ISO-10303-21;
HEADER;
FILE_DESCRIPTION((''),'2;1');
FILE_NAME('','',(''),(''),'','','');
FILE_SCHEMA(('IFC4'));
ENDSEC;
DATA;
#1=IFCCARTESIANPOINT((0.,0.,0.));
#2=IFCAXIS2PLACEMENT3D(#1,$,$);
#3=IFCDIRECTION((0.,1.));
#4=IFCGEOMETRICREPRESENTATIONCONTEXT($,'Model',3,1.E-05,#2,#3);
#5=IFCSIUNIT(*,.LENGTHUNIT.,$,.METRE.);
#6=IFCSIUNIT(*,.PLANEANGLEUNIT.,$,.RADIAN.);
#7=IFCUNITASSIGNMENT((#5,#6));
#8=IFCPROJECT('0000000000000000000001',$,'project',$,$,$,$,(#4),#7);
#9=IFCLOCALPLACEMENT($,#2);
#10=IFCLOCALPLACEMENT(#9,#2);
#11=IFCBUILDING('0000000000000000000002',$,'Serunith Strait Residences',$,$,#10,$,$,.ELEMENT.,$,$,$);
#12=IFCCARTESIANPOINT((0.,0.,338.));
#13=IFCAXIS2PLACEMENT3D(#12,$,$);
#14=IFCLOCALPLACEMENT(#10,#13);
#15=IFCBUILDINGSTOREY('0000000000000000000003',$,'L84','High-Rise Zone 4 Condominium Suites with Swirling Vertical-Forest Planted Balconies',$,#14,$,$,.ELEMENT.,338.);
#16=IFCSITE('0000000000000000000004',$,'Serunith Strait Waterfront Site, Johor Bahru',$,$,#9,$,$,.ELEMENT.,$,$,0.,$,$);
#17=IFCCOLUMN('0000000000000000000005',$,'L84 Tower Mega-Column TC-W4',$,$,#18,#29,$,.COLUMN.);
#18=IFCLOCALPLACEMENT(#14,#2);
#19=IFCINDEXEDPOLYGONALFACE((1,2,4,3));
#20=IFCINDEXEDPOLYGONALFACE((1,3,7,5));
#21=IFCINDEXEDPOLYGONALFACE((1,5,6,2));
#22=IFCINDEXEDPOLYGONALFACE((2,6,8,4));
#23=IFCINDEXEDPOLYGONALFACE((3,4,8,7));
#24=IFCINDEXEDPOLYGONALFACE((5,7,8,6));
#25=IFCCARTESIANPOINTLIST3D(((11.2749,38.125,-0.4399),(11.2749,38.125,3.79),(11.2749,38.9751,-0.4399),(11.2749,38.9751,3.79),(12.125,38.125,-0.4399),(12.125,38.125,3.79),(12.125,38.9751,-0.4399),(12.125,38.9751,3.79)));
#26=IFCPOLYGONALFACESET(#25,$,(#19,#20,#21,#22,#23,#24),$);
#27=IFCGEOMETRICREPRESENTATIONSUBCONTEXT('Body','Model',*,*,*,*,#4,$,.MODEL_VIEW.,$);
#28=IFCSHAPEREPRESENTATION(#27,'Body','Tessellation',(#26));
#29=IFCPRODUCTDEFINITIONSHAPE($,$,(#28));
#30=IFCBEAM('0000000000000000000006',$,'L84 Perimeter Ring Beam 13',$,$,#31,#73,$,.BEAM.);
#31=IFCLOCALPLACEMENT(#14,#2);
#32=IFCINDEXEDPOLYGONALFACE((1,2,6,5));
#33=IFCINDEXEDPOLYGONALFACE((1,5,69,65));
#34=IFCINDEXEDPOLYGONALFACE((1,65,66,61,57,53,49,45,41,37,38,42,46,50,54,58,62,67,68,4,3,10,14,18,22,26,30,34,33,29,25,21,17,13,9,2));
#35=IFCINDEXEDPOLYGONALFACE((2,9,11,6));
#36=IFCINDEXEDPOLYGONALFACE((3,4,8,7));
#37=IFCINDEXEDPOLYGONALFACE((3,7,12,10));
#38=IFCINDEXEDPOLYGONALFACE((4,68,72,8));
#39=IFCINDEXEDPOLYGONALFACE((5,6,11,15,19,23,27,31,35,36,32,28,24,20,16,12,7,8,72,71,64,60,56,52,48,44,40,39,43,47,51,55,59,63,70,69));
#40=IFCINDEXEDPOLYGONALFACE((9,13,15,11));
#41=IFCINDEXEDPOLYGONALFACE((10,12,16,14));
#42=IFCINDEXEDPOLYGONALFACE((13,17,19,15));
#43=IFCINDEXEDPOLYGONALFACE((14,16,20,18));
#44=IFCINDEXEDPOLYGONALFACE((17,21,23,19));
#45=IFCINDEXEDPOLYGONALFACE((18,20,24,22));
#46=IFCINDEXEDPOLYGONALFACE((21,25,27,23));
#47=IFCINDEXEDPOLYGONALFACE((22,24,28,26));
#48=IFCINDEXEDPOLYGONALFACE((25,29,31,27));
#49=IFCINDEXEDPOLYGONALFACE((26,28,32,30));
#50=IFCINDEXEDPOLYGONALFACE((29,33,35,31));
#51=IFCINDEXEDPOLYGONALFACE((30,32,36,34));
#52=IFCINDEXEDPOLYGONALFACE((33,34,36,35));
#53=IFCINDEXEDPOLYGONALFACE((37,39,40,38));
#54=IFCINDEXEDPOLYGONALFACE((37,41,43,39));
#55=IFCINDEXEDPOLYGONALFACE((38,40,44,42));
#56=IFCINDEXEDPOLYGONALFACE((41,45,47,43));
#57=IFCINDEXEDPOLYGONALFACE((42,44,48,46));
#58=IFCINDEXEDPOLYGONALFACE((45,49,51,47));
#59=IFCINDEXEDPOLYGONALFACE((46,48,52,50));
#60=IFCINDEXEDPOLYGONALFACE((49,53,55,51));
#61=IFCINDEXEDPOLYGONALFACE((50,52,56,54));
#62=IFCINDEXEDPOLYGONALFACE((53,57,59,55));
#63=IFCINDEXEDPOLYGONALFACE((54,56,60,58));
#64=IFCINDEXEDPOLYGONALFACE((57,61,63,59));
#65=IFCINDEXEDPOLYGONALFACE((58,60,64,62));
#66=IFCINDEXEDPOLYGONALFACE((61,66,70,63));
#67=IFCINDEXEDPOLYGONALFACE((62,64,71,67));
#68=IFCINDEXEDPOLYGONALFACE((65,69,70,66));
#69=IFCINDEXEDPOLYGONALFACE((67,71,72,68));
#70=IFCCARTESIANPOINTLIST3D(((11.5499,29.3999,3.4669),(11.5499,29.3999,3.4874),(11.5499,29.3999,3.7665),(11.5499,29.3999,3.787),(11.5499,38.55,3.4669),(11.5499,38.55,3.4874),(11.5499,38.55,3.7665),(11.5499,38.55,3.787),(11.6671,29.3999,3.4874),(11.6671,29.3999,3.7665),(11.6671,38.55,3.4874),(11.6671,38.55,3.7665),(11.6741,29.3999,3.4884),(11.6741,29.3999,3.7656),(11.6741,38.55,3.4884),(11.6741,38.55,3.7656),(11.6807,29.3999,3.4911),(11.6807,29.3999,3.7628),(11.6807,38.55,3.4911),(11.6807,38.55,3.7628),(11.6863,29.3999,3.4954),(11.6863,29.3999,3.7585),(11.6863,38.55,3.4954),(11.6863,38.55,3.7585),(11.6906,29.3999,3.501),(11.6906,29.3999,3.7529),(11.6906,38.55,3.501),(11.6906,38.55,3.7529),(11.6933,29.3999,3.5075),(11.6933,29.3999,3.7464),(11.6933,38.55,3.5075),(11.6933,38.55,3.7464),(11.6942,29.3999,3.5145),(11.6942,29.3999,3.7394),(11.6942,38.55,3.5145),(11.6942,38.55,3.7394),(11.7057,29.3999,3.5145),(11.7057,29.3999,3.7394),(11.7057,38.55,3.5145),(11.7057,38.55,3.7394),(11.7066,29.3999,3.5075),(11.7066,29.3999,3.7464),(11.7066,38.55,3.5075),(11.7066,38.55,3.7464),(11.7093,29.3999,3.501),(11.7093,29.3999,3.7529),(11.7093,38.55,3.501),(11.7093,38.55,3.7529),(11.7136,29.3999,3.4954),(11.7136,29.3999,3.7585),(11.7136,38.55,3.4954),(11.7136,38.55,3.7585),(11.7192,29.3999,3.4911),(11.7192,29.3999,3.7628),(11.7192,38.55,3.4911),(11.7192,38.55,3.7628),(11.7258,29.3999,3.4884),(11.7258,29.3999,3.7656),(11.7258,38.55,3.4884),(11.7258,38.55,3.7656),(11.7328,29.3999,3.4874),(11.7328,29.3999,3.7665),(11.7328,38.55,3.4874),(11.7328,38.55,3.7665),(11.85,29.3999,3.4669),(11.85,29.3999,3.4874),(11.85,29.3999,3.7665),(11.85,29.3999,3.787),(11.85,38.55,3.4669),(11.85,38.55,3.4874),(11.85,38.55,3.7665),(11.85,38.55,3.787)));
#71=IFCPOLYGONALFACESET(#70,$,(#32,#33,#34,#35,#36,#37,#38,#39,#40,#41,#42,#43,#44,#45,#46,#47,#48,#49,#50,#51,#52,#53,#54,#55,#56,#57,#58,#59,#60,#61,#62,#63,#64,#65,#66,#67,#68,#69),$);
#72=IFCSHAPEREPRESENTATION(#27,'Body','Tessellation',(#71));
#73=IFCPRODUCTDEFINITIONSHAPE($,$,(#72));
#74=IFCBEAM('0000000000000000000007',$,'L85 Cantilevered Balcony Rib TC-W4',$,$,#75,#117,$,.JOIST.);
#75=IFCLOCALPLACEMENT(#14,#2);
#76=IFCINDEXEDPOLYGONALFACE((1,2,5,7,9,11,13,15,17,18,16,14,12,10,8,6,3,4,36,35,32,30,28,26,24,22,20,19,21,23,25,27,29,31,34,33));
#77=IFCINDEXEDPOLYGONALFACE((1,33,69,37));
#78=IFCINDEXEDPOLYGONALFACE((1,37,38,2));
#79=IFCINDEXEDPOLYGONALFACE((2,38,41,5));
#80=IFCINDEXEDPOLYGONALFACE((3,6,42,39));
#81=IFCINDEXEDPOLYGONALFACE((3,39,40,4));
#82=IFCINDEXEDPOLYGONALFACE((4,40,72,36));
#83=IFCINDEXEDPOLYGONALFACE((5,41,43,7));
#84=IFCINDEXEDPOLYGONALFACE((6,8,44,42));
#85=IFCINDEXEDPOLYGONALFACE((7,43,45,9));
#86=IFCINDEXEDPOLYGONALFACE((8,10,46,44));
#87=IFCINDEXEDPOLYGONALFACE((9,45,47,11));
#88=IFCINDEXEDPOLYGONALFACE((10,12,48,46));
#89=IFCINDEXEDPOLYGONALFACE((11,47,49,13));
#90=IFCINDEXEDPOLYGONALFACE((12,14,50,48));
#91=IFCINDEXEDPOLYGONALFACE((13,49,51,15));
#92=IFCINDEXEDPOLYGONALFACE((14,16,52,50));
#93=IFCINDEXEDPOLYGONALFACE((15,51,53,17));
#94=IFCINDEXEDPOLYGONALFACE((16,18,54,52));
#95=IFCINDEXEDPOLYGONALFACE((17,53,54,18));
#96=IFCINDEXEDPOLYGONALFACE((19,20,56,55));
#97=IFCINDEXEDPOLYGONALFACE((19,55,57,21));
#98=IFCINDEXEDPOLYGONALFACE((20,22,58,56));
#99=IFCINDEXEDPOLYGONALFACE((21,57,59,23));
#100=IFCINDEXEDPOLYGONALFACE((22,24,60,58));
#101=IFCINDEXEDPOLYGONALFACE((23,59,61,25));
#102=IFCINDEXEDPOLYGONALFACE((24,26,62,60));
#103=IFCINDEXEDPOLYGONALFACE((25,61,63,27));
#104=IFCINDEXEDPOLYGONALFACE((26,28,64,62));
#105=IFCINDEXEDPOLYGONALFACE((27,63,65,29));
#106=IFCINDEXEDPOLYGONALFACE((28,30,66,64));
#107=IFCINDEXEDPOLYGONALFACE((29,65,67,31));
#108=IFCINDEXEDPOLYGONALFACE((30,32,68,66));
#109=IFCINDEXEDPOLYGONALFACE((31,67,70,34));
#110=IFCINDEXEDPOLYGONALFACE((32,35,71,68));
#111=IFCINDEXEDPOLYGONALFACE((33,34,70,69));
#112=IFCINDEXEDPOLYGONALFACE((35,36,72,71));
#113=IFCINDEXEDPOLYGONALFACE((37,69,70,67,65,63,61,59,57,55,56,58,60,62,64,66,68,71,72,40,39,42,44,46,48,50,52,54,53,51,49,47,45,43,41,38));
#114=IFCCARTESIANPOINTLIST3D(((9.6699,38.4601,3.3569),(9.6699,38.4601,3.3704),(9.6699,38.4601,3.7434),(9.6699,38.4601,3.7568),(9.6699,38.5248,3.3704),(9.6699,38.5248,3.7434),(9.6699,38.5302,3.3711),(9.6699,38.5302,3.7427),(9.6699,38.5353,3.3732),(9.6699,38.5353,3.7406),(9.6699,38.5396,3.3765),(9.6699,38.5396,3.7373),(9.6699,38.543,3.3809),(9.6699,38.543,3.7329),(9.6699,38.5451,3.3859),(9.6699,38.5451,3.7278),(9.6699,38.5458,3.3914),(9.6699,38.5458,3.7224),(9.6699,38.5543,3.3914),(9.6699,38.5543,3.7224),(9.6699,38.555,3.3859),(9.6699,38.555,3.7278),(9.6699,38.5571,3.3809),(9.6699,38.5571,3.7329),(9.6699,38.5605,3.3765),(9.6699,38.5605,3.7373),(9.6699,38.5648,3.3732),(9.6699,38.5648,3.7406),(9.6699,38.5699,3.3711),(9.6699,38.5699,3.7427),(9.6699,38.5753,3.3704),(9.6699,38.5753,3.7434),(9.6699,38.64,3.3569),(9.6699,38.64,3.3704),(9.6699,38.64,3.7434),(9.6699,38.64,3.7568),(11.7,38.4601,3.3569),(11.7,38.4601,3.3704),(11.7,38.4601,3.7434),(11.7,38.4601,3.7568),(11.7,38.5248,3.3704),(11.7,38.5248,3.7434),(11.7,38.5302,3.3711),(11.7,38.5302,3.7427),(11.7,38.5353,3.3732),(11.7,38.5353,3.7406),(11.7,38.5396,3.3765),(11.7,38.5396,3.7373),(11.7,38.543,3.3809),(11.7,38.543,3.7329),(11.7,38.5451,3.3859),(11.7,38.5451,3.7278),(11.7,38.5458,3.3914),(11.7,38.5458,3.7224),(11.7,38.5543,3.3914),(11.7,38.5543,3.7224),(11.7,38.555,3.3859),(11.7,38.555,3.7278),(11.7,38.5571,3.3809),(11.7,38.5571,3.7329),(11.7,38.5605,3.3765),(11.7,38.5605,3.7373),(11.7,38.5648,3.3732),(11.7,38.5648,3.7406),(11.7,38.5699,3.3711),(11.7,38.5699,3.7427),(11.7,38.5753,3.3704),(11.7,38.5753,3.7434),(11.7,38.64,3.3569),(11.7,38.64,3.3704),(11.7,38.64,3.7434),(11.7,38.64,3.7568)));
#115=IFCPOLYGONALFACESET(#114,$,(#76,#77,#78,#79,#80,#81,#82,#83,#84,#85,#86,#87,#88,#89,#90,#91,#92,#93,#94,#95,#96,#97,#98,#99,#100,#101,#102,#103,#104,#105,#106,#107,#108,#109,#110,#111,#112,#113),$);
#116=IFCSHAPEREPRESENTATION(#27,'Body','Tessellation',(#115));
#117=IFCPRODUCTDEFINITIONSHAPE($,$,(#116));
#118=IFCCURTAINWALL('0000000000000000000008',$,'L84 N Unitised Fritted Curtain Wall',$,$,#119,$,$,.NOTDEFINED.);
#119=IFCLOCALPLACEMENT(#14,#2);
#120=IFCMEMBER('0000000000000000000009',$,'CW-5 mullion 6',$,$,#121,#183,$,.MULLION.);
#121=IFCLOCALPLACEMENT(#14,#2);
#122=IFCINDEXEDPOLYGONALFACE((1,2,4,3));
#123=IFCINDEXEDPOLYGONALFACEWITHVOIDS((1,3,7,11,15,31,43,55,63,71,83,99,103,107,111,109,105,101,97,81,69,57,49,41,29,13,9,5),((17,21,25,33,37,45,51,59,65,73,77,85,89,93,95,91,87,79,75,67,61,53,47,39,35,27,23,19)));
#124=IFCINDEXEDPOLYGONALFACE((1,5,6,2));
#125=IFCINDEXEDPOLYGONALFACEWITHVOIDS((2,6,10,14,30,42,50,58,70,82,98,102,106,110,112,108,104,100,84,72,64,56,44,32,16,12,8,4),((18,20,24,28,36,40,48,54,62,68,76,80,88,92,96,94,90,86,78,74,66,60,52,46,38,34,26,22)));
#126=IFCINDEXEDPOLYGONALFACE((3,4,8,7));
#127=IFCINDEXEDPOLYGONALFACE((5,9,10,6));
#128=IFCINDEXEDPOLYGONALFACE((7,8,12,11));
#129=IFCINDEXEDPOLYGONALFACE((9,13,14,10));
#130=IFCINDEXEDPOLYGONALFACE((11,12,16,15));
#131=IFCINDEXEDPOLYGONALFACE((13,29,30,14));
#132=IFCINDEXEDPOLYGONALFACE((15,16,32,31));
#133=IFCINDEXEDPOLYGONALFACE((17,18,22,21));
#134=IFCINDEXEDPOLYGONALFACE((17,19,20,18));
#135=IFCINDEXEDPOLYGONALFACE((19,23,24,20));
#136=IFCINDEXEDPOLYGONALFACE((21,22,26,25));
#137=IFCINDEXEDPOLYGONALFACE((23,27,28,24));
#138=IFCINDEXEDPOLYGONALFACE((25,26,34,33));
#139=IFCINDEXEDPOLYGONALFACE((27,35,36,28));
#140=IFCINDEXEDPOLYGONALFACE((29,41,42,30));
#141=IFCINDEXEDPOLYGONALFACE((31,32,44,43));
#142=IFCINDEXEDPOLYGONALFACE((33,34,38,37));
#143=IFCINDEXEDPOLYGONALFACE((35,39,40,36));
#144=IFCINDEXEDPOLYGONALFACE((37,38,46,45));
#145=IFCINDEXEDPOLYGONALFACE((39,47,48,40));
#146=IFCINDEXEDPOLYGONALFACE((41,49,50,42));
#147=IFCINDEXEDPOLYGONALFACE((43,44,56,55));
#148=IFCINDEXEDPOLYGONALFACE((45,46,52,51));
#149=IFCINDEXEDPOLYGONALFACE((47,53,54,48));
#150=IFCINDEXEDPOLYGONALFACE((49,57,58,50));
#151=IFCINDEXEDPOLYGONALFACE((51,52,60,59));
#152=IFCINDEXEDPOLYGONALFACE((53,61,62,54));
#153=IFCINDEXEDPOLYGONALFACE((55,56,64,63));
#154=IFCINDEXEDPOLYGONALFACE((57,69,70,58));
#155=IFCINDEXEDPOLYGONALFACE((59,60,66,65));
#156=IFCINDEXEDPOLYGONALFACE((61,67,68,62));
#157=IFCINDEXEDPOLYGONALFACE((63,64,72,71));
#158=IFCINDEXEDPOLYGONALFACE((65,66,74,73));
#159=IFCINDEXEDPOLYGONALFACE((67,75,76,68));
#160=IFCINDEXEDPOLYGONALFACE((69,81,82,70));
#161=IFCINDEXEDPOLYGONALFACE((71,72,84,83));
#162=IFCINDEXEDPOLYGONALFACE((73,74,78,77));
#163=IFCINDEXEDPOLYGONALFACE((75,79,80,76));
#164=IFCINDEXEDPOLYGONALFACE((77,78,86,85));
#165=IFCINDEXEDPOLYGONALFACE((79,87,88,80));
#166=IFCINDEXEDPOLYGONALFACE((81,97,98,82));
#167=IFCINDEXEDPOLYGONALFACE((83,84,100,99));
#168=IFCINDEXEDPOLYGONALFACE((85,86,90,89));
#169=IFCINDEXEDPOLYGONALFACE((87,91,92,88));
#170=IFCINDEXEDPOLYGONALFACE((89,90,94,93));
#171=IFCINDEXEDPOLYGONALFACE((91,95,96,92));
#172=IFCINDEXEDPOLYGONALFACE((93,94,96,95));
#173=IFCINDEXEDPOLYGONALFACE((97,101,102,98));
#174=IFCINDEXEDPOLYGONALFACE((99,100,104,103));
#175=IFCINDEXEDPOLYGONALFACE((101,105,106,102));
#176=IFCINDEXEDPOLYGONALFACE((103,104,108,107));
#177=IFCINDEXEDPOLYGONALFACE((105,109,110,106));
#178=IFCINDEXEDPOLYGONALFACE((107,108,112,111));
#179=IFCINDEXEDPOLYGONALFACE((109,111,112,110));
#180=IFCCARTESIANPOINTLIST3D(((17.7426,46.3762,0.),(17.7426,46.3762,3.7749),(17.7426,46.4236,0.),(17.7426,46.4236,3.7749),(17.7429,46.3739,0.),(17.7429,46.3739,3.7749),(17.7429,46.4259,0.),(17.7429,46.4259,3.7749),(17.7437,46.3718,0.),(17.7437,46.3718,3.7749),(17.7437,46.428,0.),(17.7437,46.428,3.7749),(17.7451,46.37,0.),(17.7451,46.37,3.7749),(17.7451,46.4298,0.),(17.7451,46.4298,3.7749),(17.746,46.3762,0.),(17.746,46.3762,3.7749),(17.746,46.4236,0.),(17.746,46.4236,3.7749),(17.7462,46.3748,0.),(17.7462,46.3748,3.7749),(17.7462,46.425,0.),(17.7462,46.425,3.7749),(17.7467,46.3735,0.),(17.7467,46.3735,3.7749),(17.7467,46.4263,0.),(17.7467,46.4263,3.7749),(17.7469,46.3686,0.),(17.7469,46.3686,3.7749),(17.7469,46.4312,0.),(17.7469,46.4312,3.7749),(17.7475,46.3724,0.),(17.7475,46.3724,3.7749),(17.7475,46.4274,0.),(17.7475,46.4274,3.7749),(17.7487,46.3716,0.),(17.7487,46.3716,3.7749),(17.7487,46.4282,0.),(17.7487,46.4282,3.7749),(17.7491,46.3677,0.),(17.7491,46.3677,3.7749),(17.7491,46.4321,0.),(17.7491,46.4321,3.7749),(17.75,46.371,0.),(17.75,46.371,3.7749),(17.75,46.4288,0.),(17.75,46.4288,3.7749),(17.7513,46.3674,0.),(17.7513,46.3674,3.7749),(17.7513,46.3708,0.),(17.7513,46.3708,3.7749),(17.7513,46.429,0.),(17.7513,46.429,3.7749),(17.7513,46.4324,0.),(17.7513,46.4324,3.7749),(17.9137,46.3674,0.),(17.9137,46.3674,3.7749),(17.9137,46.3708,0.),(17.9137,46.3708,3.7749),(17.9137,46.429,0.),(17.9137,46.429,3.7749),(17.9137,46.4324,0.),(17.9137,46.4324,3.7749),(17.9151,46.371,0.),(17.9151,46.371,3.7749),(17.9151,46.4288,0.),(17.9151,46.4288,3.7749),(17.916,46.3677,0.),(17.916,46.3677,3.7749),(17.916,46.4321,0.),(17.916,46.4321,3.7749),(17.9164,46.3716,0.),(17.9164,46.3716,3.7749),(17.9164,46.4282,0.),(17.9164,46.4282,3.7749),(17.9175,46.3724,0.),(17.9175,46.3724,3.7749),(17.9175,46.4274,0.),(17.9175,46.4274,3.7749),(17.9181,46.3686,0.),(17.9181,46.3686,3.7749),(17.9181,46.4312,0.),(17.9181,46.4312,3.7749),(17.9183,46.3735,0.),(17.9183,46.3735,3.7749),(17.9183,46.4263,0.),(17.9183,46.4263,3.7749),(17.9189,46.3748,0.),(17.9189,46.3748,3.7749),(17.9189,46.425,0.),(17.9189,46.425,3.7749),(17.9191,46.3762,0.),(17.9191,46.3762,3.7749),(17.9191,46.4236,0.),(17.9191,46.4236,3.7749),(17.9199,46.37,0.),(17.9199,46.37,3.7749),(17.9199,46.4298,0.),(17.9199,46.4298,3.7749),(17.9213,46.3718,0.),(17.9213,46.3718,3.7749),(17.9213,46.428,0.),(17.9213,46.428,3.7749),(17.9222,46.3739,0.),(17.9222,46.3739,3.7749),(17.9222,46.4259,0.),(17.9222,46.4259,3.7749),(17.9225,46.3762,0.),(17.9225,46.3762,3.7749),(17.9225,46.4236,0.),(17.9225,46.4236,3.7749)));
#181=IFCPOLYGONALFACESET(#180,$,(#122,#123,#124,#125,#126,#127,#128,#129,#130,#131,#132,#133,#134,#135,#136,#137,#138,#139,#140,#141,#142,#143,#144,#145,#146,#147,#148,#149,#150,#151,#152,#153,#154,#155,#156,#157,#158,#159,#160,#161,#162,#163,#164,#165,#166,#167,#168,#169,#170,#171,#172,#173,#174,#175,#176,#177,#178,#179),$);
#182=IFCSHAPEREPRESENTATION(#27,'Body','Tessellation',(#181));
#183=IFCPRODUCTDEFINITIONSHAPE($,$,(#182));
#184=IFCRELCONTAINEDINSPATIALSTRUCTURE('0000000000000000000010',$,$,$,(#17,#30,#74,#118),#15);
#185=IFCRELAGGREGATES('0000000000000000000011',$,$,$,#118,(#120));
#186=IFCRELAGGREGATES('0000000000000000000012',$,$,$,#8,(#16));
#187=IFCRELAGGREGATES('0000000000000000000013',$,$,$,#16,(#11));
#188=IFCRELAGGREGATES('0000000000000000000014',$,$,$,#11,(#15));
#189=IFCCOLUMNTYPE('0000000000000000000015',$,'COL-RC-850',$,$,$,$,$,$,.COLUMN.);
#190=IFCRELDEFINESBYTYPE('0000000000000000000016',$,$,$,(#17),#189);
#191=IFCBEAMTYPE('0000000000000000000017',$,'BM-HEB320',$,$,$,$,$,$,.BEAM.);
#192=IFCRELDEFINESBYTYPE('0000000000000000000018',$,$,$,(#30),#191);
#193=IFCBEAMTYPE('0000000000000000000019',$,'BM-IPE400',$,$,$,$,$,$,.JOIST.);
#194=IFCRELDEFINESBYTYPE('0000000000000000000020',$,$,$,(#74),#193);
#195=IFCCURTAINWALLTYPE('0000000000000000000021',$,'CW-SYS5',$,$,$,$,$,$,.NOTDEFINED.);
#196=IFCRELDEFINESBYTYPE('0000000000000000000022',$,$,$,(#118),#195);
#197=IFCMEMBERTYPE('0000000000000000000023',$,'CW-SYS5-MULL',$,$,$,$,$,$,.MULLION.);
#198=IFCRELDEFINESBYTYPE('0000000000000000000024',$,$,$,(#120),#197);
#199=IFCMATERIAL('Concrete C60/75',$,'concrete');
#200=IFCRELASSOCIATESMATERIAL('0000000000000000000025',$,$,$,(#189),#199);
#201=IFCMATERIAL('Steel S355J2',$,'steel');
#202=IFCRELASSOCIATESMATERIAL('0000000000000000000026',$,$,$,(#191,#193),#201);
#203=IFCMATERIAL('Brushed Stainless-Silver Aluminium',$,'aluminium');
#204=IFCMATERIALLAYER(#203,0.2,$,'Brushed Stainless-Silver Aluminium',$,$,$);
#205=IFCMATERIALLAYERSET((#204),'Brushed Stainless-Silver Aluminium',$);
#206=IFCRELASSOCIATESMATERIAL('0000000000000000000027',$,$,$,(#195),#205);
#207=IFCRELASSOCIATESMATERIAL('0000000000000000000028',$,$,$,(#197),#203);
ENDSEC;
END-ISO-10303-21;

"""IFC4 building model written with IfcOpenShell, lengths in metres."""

from ifc_helpers import new_model, si_unit, direction, frame, origin, origin_2d, place, context, subcontext, project, spatial, rectangle, hollow_rectangle, i_section, extrude, source, transform, mapped, material, layer, layer_set, material_profile, profile_set, type_object, element, aggregate, save


model = new_model("IFC4")

# Units and contexts
model_context = context("Model", 3, precision=1e-05, world=origin(), true_north=direction((0.0, 1.0)))
body_context = subcontext(model_context, "Body", "Model", "MODEL_VIEW")
ifc_project = project(units=[si_unit("LENGTHUNIT", "METRE"), si_unit("PLANEANGLEUNIT", "RADIAN")], contexts=[model_context])

# Site, building, storey
site_placement = place(None, origin())
site = spatial("IfcSite", under=ifc_project, at=site_placement, Name="Serunith Strait Waterfront Site, Johor Bahru", CompositionType="ELEMENT", RefElevation=0.0)
building_placement = place(site_placement, origin())
building = spatial("IfcBuilding", under=site, at=building_placement, Name="Serunith Strait Residences", CompositionType="ELEMENT")
storey_placement = place(building_placement, frame((0.0, 0.0, 338.0)))
storey = spatial("IfcBuildingStorey", under=building, at=storey_placement, Name="L84", Description="High-Rise Zone 4 Condominium Suites with Swirling Vertical-Forest Planted Balconies", CompositionType="ELEMENT", Elevation=338.0)

# Column
ifc_material_1 = material(Name="Concrete C60/75", Category="concrete")
ifc_material_profile_1 = material_profile(ifc_material_1, rectangle(XDim=0.8501, YDim=0.8501, at=origin_2d()), Name="RC 850x850")
ifc_profile_set_1 = profile_set([ifc_material_profile_1], Name="Concrete C60/75")
column_type = type_object("IfcColumnType", Name="COL-RC-850", PredefinedType="COLUMN", material=ifc_profile_set_1)
shared_shape_1 = source(origin(), body_context, "Body", "SweptSolid", [
    extrude(rectangle(XDim=0.8501, YDim=0.8501, at=origin_2d()), origin(), (0.0, 0.0, 1.0), 4.23),
])
column_placement = place(storey_placement, frame((11.7, 38.55, -0.4399), z_axis=(0.0, 0.0, 1.0), x_axis=(1.0, 0.0, 0.0)))
element("IfcColumn", 1, at=column_placement, inside=storey, type_object=column_type, Name="L84 Tower Mega-Column TC-W4", PredefinedType="COLUMN", context=body_context, shape_type="MappedRepresentation", body=[
    mapped(shared_shape_1, transform((0.0, 0.0, 0.0), scale=1.0)),
])

# Beams
ifc_material_2 = material(Name="Steel S355J2", Category="steel")
ifc_material_profile_2 = material_profile(ifc_material_2, i_section(OverallWidth=0.3, OverallDepth=0.3201, WebThickness=0.0115, FlangeThickness=0.0205, FilletRadius=0.0271, at=origin_2d()), Name="HEB 320")
ifc_profile_set_2 = profile_set([ifc_material_profile_2], Name="Steel S355J2")
beam_type_1 = type_object("IfcBeamType", Name="BM-HEB320", PredefinedType="BEAM", material=ifc_profile_set_2)
shared_shape_2 = source(origin(), body_context, "Body", "SweptSolid", [
    extrude(i_section(OverallWidth=0.3, OverallDepth=0.3201, WebThickness=0.0115, FlangeThickness=0.0205, FilletRadius=0.0271, at=origin_2d()), origin(), (0.0, 0.0, 1.0), 9.1501),
])
beam_1_placement = place(storey_placement, frame((11.7, 38.55, 3.627), z_axis=(0.0, -1.0, 0.0), x_axis=(1.0, 0.0, 0.0)))
element("IfcBeam", 2, at=beam_1_placement, inside=storey, type_object=beam_type_1, Name="L84 Perimeter Ring Beam 13", PredefinedType="BEAM", context=body_context, shape_type="MappedRepresentation", body=[
    mapped(shared_shape_2, transform((0.0, 0.0, 0.0), scale=1.0)),
])
ifc_material_profile_3 = material_profile(ifc_material_2, i_section(OverallWidth=0.1799, OverallDepth=0.3999, WebThickness=0.0085, FlangeThickness=0.0134, FilletRadius=0.021, at=origin_2d()), Name="IPE 400")
ifc_profile_set_3 = profile_set([ifc_material_profile_3], Name="Steel S355J2")
beam_type_2 = type_object("IfcBeamType", Name="BM-IPE400", PredefinedType="JOIST", material=ifc_profile_set_3)
shared_shape_3 = source(origin(), body_context, "Body", "SweptSolid", [
    extrude(i_section(OverallWidth=0.1799, OverallDepth=0.3999, WebThickness=0.0085, FlangeThickness=0.0134, FilletRadius=0.021, at=origin_2d()), origin(), (0.0, 0.0, 1.0), 2.03),
])
beam_2_placement = place(storey_placement, frame((11.7, 38.55, 3.5569), z_axis=(-1.0, 0.0, 0.0), x_axis=(0.0, -1.0, 0.0)))
element("IfcBeam", 3, at=beam_2_placement, inside=storey, type_object=beam_type_2, Name="L85 Cantilevered Balcony Rib TC-W4", PredefinedType="JOIST", context=body_context, shape_type="MappedRepresentation", body=[
    mapped(shared_shape_3, transform((0.0, 0.0, 0.0), scale=1.0)),
])

# Curtain wall, member
ifc_material_3 = material(Name="Brushed Stainless-Silver Aluminium", Category="aluminium")
ifc_layer_1 = layer(ifc_material_3, 0.2, Name="Brushed Stainless-Silver Aluminium")
ifc_layer_set_1 = layer_set([ifc_layer_1], Name="Brushed Stainless-Silver Aluminium")
curtain_wall_type = type_object("IfcCurtainWallType", Name="CW-SYS5", PredefinedType="NOTDEFINED", material=ifc_layer_set_1)
curtain_wall_1_placement = place(storey_placement, origin())
curtain_wall_1 = element("IfcCurtainWall", 4, at=curtain_wall_1_placement, inside=storey, type_object=curtain_wall_type, Name="L84 N Unitised Fritted Curtain Wall", PredefinedType="NOTDEFINED")
ifc_material_profile_4 = material_profile(ifc_material_3, hollow_rectangle(XDim=0.0649, YDim=0.1799, WallThickness=0.0034, InnerFilletRadius=0.0054, OuterFilletRadius=0.0088, at=origin_2d()), Name="ALU 180x65x3.5")
ifc_profile_set_4 = profile_set([ifc_material_profile_4], Name="Brushed Stainless-Silver Aluminium")
member_type_1 = type_object("IfcMemberType", Name="CW-SYS5-MULL", PredefinedType="MULLION", material=ifc_profile_set_4)
shared_shape_4 = source(origin(), body_context, "Body", "SweptSolid", [
    extrude(hollow_rectangle(XDim=0.0649, YDim=0.1799, WallThickness=0.0034, InnerFilletRadius=0.0054, OuterFilletRadius=0.0088, at=origin_2d()), origin(), (0.0, 0.0, 1.0), 3.7749),
])
member_1_placement = place(storey_placement, frame((17.8325, 46.3999, 0.0), z_axis=(0.0, 0.0, 1.0), x_axis=(0.0, -1.0, 0.0)))
member_1 = element("IfcMember", 5, at=member_1_placement, type_object=member_type_1, Name="CW-5 mullion 6", PredefinedType="MULLION", context=body_context, shape_type="MappedRepresentation", body=[
    mapped(shared_shape_4, transform((0.0, 0.0, 0.0), scale=1.0)),
])
aggregate(curtain_wall_1, [member_1])

save(model, "model.ifc")
